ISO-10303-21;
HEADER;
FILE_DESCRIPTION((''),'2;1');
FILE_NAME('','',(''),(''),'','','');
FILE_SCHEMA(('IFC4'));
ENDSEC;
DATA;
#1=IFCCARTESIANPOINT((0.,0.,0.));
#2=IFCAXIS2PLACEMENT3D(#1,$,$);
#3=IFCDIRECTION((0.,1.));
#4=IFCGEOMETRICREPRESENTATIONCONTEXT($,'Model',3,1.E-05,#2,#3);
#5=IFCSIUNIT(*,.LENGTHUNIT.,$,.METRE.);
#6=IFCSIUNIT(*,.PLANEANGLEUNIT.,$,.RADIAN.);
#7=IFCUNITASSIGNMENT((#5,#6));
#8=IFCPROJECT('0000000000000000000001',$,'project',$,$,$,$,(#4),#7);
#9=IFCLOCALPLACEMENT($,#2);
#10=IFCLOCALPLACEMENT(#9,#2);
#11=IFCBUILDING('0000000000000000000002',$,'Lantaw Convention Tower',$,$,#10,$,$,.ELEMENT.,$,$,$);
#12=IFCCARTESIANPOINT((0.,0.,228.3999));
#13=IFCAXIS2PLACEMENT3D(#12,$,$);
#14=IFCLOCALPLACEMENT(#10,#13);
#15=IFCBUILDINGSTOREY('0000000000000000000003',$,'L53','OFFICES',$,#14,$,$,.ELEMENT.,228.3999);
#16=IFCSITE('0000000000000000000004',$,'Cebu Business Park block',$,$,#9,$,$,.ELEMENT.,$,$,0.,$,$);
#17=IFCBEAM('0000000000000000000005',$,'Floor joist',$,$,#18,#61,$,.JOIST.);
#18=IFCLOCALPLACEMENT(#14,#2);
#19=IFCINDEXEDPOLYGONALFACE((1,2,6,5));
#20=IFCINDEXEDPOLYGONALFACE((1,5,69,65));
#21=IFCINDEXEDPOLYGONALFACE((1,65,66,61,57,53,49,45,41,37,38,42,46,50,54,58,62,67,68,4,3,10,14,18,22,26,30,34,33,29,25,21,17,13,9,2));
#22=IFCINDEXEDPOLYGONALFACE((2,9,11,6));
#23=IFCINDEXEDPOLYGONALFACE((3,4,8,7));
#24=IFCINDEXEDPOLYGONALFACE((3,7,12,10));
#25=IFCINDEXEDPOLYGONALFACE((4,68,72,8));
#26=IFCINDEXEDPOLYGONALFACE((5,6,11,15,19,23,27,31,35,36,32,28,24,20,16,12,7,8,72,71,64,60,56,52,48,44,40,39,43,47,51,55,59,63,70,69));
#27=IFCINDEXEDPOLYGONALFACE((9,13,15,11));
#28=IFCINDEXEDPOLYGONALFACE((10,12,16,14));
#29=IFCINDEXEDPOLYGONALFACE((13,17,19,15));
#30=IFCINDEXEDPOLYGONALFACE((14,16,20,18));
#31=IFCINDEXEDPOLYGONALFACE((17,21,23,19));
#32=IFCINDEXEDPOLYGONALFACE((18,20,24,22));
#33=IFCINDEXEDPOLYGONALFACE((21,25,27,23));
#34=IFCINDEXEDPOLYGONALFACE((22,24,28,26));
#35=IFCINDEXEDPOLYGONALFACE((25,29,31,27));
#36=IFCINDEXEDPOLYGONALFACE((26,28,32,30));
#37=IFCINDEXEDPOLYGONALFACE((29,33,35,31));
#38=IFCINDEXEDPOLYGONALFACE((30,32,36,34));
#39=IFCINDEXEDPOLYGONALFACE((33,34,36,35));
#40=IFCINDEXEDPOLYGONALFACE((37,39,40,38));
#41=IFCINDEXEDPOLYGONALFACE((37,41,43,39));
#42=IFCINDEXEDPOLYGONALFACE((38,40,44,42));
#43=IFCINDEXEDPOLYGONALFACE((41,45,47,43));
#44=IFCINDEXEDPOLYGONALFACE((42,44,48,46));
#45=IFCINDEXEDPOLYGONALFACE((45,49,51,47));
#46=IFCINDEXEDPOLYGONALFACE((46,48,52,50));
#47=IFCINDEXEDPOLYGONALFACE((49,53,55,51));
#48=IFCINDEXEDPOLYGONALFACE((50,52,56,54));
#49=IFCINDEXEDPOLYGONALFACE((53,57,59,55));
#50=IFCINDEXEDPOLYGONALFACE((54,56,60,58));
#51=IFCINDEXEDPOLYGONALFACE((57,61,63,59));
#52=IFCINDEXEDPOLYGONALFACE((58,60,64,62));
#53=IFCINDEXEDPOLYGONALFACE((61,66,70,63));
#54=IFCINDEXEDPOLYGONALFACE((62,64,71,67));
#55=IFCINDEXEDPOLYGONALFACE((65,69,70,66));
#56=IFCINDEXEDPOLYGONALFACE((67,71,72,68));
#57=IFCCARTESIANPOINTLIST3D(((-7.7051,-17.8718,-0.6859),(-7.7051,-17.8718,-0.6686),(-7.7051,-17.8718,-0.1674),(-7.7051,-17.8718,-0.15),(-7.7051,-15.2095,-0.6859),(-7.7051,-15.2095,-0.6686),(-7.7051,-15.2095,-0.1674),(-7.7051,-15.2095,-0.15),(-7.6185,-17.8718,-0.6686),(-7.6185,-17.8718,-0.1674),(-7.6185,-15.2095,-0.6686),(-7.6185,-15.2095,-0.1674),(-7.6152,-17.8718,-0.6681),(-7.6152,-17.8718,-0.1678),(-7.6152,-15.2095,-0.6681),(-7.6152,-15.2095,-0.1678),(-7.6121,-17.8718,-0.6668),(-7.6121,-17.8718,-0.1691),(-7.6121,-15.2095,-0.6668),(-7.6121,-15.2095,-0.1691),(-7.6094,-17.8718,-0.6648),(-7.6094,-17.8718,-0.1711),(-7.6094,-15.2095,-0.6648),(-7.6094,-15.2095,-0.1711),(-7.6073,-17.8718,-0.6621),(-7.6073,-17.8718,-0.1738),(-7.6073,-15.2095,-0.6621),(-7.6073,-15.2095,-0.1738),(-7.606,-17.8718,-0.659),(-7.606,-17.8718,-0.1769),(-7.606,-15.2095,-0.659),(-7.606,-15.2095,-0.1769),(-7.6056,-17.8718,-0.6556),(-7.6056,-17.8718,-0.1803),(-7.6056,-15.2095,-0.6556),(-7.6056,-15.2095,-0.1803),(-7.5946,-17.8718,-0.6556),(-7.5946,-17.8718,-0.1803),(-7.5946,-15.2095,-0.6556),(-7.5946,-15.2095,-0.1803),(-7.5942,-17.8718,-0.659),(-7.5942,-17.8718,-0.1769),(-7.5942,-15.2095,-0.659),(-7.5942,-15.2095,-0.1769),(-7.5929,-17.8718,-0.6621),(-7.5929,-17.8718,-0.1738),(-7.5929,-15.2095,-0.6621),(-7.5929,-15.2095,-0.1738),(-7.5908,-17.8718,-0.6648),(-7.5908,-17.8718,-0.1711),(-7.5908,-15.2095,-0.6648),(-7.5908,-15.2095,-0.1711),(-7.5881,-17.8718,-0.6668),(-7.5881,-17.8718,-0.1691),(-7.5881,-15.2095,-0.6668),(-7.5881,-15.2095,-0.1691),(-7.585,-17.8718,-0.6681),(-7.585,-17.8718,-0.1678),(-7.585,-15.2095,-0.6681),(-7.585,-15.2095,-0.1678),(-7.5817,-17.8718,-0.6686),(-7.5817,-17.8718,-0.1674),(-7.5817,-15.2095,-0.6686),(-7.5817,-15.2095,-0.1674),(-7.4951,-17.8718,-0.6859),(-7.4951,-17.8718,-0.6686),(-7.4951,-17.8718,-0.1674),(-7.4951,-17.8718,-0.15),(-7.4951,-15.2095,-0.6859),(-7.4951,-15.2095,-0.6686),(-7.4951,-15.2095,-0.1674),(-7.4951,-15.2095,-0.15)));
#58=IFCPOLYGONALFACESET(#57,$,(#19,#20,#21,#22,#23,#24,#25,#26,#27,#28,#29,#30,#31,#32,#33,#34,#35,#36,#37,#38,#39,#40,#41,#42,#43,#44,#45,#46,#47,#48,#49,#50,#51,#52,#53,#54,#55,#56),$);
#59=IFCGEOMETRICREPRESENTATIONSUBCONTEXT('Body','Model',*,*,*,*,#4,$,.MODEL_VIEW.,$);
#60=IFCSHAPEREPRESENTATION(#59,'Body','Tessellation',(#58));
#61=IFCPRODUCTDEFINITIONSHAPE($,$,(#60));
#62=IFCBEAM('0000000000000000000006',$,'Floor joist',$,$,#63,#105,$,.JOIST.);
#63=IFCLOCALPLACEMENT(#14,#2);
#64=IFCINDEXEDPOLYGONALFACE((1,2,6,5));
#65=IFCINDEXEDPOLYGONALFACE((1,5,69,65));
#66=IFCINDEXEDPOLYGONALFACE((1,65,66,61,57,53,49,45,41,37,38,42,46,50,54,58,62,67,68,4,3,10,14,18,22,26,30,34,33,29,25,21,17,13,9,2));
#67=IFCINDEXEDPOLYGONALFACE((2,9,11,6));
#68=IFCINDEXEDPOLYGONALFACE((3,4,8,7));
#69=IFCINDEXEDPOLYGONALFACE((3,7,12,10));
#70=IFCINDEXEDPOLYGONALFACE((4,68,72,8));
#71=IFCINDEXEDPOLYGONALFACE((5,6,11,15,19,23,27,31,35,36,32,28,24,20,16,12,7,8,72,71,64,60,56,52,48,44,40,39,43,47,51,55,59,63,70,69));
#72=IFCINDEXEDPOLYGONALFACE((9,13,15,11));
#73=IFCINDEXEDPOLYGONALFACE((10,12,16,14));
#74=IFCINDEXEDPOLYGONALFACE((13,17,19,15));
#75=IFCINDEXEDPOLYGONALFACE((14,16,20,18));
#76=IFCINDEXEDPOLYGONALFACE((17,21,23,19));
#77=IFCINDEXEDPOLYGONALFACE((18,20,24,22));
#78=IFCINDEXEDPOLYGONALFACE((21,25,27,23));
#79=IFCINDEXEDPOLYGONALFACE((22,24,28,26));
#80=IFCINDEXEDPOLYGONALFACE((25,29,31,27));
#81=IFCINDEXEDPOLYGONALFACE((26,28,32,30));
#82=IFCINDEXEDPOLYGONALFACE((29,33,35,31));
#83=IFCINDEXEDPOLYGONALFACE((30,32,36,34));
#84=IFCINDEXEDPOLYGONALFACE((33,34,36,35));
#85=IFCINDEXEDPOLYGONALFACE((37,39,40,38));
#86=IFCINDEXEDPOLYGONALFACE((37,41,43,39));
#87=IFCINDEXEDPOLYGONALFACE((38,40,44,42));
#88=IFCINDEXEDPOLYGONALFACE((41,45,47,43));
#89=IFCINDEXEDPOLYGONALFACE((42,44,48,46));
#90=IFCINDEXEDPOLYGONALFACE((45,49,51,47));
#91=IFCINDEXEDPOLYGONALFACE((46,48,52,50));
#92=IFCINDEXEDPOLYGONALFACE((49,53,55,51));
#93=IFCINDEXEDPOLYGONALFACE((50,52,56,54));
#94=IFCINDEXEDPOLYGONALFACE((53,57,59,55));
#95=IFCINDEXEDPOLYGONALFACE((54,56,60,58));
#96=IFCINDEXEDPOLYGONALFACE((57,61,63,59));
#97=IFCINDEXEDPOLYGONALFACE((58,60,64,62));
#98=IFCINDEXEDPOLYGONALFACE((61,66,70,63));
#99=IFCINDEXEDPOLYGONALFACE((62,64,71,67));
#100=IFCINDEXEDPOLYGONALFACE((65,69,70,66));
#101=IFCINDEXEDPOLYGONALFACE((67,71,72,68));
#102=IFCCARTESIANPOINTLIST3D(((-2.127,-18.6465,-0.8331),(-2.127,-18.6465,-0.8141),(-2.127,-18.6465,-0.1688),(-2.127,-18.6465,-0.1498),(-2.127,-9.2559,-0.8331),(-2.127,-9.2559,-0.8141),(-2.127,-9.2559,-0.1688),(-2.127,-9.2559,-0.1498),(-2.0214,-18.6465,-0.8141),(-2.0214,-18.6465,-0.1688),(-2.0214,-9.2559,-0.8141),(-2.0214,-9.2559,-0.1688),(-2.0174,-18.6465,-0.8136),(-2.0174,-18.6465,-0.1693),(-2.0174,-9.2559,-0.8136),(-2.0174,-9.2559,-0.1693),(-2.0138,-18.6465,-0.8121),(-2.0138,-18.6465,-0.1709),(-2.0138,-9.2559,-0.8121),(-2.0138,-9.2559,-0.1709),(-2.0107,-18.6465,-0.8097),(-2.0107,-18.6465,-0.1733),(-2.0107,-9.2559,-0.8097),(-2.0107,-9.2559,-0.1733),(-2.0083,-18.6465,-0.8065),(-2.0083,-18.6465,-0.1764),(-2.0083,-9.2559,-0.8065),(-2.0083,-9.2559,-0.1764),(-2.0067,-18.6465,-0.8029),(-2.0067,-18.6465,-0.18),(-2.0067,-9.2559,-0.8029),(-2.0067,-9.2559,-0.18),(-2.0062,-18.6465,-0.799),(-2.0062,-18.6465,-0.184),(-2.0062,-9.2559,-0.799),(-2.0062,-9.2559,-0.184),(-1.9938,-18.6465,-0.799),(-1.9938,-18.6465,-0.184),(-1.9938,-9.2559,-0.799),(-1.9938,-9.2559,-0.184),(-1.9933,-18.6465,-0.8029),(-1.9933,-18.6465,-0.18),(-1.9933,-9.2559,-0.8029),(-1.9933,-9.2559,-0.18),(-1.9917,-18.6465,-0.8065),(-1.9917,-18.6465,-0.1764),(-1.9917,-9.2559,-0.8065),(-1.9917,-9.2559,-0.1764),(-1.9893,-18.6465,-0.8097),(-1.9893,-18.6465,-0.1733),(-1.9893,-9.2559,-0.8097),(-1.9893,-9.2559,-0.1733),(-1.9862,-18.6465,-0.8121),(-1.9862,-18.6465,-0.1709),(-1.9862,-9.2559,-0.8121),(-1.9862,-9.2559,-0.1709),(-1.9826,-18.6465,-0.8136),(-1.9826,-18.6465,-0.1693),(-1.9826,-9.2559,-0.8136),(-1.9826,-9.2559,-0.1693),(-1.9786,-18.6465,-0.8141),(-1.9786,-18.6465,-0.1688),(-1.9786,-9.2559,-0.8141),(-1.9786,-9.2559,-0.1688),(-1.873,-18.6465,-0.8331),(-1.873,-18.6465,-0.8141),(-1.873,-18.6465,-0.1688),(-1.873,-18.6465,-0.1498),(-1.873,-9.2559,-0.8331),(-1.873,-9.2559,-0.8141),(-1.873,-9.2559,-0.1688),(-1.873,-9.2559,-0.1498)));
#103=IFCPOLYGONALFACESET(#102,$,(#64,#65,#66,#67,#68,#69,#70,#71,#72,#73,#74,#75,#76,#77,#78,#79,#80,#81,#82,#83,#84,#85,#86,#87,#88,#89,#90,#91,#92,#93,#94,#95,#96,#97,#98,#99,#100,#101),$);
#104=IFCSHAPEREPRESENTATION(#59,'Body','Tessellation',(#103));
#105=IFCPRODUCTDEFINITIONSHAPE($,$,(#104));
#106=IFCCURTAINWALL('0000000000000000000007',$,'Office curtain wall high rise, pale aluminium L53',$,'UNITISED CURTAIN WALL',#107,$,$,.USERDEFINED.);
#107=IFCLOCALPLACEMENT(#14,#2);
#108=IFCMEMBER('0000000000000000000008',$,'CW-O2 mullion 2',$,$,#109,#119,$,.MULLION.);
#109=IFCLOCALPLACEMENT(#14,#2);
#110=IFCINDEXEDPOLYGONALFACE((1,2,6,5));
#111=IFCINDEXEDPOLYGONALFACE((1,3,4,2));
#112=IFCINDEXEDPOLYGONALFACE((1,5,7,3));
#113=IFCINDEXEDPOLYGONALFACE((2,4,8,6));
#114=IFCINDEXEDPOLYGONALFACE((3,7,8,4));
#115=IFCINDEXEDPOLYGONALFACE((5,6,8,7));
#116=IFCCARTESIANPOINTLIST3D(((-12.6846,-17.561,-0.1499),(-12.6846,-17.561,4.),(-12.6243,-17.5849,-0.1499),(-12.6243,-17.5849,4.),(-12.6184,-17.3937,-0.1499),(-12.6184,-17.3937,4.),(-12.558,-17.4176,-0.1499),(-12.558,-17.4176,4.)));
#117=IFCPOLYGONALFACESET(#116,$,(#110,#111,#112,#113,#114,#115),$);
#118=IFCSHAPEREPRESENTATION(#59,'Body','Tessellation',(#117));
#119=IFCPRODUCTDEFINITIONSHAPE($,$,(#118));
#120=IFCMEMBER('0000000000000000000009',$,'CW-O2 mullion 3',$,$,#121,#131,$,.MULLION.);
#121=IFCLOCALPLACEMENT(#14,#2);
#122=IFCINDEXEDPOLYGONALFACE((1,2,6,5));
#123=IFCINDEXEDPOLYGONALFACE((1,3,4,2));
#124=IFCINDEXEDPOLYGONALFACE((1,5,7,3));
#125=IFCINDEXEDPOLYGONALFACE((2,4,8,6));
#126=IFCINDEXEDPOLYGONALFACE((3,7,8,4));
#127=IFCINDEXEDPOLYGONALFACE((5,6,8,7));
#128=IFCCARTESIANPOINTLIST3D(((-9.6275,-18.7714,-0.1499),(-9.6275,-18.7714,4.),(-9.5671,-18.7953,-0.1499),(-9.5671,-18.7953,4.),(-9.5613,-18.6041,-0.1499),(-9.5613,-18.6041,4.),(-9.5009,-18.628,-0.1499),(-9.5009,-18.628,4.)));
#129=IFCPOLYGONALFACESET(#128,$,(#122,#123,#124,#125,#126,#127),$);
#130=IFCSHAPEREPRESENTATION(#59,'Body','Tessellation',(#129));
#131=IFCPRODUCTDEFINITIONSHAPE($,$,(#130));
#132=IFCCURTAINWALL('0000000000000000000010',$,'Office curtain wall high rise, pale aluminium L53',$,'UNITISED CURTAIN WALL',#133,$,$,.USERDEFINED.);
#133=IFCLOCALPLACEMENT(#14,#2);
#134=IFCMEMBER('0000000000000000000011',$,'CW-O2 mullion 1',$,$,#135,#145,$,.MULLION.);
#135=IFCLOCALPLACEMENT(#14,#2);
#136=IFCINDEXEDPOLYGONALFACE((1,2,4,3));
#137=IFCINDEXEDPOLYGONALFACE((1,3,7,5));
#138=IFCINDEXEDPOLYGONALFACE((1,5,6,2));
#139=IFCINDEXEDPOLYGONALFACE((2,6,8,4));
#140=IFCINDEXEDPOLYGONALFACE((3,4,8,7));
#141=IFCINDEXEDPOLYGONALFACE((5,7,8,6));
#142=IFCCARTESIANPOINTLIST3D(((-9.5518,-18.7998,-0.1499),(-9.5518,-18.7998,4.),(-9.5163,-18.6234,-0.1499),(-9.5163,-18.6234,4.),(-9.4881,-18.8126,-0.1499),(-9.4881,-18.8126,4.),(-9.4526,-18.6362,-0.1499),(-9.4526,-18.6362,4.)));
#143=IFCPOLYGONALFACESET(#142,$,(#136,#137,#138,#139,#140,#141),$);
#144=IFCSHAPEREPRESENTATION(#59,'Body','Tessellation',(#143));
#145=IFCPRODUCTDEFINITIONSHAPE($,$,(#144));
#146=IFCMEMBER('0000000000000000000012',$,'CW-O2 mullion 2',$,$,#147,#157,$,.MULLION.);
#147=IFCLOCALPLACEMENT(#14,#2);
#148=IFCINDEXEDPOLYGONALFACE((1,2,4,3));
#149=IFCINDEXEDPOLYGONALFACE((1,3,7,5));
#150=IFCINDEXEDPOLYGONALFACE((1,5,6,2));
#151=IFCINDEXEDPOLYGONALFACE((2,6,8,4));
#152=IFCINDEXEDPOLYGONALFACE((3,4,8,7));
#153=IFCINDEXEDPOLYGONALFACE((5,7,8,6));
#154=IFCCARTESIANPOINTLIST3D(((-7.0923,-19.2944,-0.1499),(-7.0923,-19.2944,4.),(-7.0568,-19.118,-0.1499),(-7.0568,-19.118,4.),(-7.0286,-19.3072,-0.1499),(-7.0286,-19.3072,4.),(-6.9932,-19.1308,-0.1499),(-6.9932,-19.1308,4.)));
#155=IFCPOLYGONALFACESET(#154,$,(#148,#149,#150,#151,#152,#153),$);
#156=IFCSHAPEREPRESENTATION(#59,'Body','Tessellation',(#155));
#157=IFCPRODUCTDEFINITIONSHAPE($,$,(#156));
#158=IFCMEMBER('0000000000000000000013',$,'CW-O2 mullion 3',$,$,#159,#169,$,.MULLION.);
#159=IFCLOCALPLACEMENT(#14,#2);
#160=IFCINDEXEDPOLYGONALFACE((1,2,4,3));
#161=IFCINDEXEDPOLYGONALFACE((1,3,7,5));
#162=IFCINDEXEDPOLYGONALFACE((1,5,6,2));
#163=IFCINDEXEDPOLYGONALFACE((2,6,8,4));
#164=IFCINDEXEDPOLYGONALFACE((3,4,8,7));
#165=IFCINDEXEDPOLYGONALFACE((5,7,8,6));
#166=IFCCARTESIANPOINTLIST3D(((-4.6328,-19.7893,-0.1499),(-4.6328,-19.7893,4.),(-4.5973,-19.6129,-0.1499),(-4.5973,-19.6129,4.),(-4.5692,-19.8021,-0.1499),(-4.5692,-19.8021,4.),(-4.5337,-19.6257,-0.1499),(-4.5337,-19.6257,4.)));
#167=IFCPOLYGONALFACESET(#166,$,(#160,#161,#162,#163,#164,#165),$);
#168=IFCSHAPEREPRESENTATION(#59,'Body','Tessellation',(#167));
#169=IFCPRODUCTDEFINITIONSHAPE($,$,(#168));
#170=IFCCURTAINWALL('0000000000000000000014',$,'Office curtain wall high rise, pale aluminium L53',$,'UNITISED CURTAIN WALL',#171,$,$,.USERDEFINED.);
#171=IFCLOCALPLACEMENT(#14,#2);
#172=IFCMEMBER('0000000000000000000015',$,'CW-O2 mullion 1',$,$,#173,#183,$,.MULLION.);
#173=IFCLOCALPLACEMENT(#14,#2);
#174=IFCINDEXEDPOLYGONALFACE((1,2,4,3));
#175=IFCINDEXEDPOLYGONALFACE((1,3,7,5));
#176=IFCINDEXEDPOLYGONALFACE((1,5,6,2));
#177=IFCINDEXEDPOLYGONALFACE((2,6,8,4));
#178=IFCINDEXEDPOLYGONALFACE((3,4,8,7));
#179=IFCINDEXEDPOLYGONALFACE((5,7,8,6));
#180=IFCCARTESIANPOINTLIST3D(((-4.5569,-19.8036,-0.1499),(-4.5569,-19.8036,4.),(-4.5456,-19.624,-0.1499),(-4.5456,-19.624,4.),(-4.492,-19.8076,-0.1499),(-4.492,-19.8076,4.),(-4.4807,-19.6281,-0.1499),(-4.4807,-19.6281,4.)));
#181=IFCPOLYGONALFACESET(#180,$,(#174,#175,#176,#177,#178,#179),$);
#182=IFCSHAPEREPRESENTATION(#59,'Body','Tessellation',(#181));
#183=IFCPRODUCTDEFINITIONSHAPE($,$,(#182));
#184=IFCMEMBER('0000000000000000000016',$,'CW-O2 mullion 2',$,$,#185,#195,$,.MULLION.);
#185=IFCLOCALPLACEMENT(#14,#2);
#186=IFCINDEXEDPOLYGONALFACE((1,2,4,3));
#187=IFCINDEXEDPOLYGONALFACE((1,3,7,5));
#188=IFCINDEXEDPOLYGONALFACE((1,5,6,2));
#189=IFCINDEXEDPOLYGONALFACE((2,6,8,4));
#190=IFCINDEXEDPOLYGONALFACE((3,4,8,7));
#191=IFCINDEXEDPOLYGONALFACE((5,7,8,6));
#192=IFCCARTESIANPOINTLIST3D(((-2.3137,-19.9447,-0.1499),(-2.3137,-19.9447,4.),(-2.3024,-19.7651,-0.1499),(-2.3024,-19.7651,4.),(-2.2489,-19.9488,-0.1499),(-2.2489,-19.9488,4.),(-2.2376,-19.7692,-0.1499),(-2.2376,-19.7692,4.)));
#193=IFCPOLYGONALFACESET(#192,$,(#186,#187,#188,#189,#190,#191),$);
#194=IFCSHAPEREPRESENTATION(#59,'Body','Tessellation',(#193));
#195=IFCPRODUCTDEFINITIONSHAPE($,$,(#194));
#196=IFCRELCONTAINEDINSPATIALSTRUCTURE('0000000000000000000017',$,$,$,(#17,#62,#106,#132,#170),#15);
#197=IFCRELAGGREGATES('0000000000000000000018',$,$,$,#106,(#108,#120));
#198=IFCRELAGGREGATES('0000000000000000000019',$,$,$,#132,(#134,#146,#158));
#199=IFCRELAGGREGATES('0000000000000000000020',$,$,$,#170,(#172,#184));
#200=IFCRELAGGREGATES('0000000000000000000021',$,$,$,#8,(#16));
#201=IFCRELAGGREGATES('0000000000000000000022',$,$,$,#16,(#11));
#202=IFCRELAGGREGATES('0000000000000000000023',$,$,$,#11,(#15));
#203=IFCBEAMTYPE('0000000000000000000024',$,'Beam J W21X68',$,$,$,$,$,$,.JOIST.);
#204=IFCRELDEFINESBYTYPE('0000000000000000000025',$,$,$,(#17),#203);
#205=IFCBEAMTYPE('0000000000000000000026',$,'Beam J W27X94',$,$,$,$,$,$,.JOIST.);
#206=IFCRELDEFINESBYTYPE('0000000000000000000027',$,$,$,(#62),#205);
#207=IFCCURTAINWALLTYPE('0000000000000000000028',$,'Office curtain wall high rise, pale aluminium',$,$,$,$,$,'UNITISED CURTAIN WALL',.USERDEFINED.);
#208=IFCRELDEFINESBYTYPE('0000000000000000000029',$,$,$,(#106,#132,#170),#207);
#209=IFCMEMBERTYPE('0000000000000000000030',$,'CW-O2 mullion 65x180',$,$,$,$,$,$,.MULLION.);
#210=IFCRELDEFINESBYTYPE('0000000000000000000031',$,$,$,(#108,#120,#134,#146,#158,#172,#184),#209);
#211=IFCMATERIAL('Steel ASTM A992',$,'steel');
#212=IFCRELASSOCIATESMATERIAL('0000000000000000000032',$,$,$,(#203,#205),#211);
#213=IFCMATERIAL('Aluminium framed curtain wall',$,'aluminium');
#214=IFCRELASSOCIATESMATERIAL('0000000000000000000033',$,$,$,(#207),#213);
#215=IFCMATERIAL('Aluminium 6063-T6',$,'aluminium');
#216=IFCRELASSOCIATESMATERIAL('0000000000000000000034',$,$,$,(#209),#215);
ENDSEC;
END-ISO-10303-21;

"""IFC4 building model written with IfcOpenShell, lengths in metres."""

from ifc_helpers import new_model, si_unit, direction, frame, origin, origin_2d, place, context, subcontext, project, spatial, rectangle, i_section, extrude, material, material_profile, profile_set, type_object, element, aggregate, save


model = new_model("IFC4")

# Units and contexts
model_context = context("Model", 3, precision=1e-05, world=origin(), true_north=direction((0.0, 1.0)))
body_context = subcontext(model_context, "Body", "Model", "MODEL_VIEW")
ifc_project = project(units=[si_unit("LENGTHUNIT", "METRE"), si_unit("PLANEANGLEUNIT", "RADIAN")], contexts=[model_context])

# Site, building, storey
site_placement = place(None, origin())
site = spatial("IfcSite", under=ifc_project, at=site_placement, Name="Cebu Business Park block", CompositionType="ELEMENT", RefElevation=0.0)
building_placement = place(site_placement, origin())
building = spatial("IfcBuilding", under=site, at=building_placement, Name="Lantaw Convention Tower", CompositionType="ELEMENT")
storey_placement = place(building_placement, frame((0.0, 0.0, 228.3999)))
storey = spatial("IfcBuildingStorey", under=building, at=storey_placement, Name="L53", Description="OFFICES", CompositionType="ELEMENT", Elevation=228.3999)

# Beams
ifc_material_1 = material(Name="Steel ASTM A992", Category="steel")
ifc_material_profile_1 = material_profile(ifc_material_1, i_section(OverallWidth=0.21, OverallDepth=0.5359, WebThickness=0.011, FlangeThickness=0.0173, FilletRadius=0.0129, at=origin_2d()), Name="W21X68")
ifc_profile_set_1 = profile_set([ifc_material_profile_1], Name="Steel ASTM A992")
beam_type_1 = type_object("IfcBeamType", Name="Beam J W21X68", PredefinedType="JOIST", material=ifc_profile_set_1)
beam_1_placement = place(storey_placement, frame((-7.6001, -17.8718, -0.418), z_axis=(0.0, 1.0, 0.0), x_axis=(-1.0, 0.0, 0.0)))
element("IfcBeam", 1, at=beam_1_placement, inside=storey, type_object=beam_type_1, Name="Floor joist", PredefinedType="JOIST", context=body_context, shape_type="SweptSolid", body=[
    extrude(i_section(OverallWidth=0.21, OverallDepth=0.5359, WebThickness=0.011, FlangeThickness=0.0173, FilletRadius=0.0129, at=origin_2d()), origin(), (0.0, 0.0, 1.0), 2.6624),
])
ifc_material_profile_2 = material_profile(ifc_material_1, i_section(OverallWidth=0.2539, OverallDepth=0.6833, WebThickness=0.0125, FlangeThickness=0.019, FilletRadius=0.0151, at=origin_2d()), Name="W27X94")
ifc_profile_set_2 = profile_set([ifc_material_profile_2], Name="Steel ASTM A992")
beam_type_2 = type_object("IfcBeamType", Name="Beam J W27X94", PredefinedType="JOIST", material=ifc_profile_set_2)
beam_2_placement = place(storey_placement, frame((-2.0, -18.6465, -0.4915), z_axis=(0.0, 1.0, 0.0), x_axis=(-1.0, 0.0, 0.0)))
element("IfcBeam", 2, at=beam_2_placement, inside=storey, type_object=beam_type_2, Name="Floor joist", PredefinedType="JOIST", context=body_context, shape_type="SweptSolid", body=[
    extrude(i_section(OverallWidth=0.2539, OverallDepth=0.6833, WebThickness=0.0125, FlangeThickness=0.019, FilletRadius=0.0151, at=origin_2d()), origin(), (0.0, 0.0, 1.0), 9.3906),
])

# Curtain walls, members
ifc_material_2 = material(Name="Aluminium framed curtain wall", Category="aluminium")
curtain_wall_type = type_object("IfcCurtainWallType", Name="Office curtain wall high rise, pale aluminium", ElementType="UNITISED CURTAIN WALL", PredefinedType="USERDEFINED", material=ifc_material_2)
curtain_wall_1_placement = place(storey_placement, origin())
curtain_wall_1 = element("IfcCurtainWall", 3, at=curtain_wall_1_placement, inside=storey, type_object=curtain_wall_type, Name="Office curtain wall high rise, pale aluminium L53", ObjectType="UNITISED CURTAIN WALL", PredefinedType="USERDEFINED")
ifc_material_3 = material(Name="Aluminium 6063-T6", Category="aluminium")
ifc_material_profile_3 = material_profile(ifc_material_3, rectangle(XDim=0.1799, YDim=0.0649, at=origin_2d()), Name="CW-O2 mullion 65x180")
ifc_profile_set_3 = profile_set([ifc_material_profile_3], Name="Aluminium 6063-T6")
member_type_1 = type_object("IfcMemberType", Name="CW-O2 mullion 65x180", PredefinedType="MULLION", material=ifc_profile_set_3)
member_1_placement = place(storey_placement, frame((-12.6213, -17.4893, -0.1499), z_axis=(0.0, 0.0, 1.0), x_axis=(0.368162, 0.929762, 0.0)))
member_1 = element("IfcMember", 4, at=member_1_placement, type_object=member_type_1, Name="CW-O2 mullion 2", PredefinedType="MULLION", context=body_context, shape_type="SweptSolid", body=[
    extrude(rectangle(XDim=0.1799, YDim=0.0649, at=origin_2d()), origin(), (0.0, 0.0, 1.0), 4.1499),
])
member_2_placement = place(storey_placement, frame((-9.5642, -18.6997, -0.1499), z_axis=(0.0, 0.0, 1.0), x_axis=(0.368162, 0.929762, 0.0)))
member_2 = element("IfcMember", 5, at=member_2_placement, type_object=member_type_1, Name="CW-O2 mullion 3", PredefinedType="MULLION", context=body_context, shape_type="SweptSolid", body=[
    extrude(rectangle(XDim=0.1799, YDim=0.0649, at=origin_2d()), origin(), (0.0, 0.0, 1.0), 4.1499),
])
curtain_wall_2_placement = place(storey_placement, origin())
curtain_wall_2 = element("IfcCurtainWall", 6, at=curtain_wall_2_placement, inside=storey, type_object=curtain_wall_type, Name="Office curtain wall high rise, pale aluminium L53", ObjectType="UNITISED CURTAIN WALL", PredefinedType="USERDEFINED")
member_3_placement = place(storey_placement, frame((-9.5022, -18.718, -0.1499), z_axis=(0.0, 0.0, 1.0), x_axis=(0.197183, 0.980367, 0.0)))
member_3 = element("IfcMember", 7, at=member_3_placement, type_object=member_type_1, Name="CW-O2 mullion 1", PredefinedType="MULLION", context=body_context, shape_type="SweptSolid", body=[
    extrude(rectangle(XDim=0.1799, YDim=0.0649, at=origin_2d()), origin(), (0.0, 0.0, 1.0), 4.1499),
])
member_4_placement = place(storey_placement, frame((-7.0427, -19.2126, -0.1499), z_axis=(0.0, 0.0, 1.0), x_axis=(0.197183, 0.980367, 0.0)))
member_4 = element("IfcMember", 8, at=member_4_placement, type_object=member_type_1, Name="CW-O2 mullion 2", PredefinedType="MULLION", context=body_context, shape_type="SweptSolid", body=[
    extrude(rectangle(XDim=0.1799, YDim=0.0649, at=origin_2d()), origin(), (0.0, 0.0, 1.0), 4.1499),
])
member_5_placement = place(storey_placement, frame((-4.5833, -19.7075, -0.1499), z_axis=(0.0, 0.0, 1.0), x_axis=(0.197183, 0.980367, 0.0)))
member_5 = element("IfcMember", 9, at=member_5_placement, type_object=member_type_1, Name="CW-O2 mullion 3", PredefinedType="MULLION", context=body_context, shape_type="SweptSolid", body=[
    extrude(rectangle(XDim=0.1799, YDim=0.0649, at=origin_2d()), origin(), (0.0, 0.0, 1.0), 4.1499),
])
curtain_wall_3_placement = place(storey_placement, origin())
curtain_wall_3 = element("IfcCurtainWall", 10, at=curtain_wall_3_placement, inside=storey, type_object=curtain_wall_type, Name="Office curtain wall high rise, pale aluminium L53", ObjectType="UNITISED CURTAIN WALL", PredefinedType="USERDEFINED")
member_6_placement = place(storey_placement, frame((-4.5188, -19.7158, -0.1499), z_axis=(0.0, 0.0, 1.0), x_axis=(0.062758, 0.998029, 0.0)))
member_6 = element("IfcMember", 11, at=member_6_placement, type_object=member_type_1, Name="CW-O2 mullion 1", PredefinedType="MULLION", context=body_context, shape_type="SweptSolid", body=[
    extrude(rectangle(XDim=0.1799, YDim=0.0649, at=origin_2d()), origin(), (0.0, 0.0, 1.0), 4.1499),
])
member_7_placement = place(storey_placement, frame((-2.2756, -19.8569, -0.1499), z_axis=(0.0, 0.0, 1.0), x_axis=(0.062758, 0.998029, 0.0)))
member_7 = element("IfcMember", 12, at=member_7_placement, type_object=member_type_1, Name="CW-O2 mullion 2", PredefinedType="MULLION", context=body_context, shape_type="SweptSolid", body=[
    extrude(rectangle(XDim=0.1799, YDim=0.0649, at=origin_2d()), origin(), (0.0, 0.0, 1.0), 4.1499),
])

aggregate(curtain_wall_1, [member_1, member_2])
aggregate(curtain_wall_2, [member_3, member_4, member_5])
aggregate(curtain_wall_3, [member_6, member_7])

save(model, "model.ifc")
